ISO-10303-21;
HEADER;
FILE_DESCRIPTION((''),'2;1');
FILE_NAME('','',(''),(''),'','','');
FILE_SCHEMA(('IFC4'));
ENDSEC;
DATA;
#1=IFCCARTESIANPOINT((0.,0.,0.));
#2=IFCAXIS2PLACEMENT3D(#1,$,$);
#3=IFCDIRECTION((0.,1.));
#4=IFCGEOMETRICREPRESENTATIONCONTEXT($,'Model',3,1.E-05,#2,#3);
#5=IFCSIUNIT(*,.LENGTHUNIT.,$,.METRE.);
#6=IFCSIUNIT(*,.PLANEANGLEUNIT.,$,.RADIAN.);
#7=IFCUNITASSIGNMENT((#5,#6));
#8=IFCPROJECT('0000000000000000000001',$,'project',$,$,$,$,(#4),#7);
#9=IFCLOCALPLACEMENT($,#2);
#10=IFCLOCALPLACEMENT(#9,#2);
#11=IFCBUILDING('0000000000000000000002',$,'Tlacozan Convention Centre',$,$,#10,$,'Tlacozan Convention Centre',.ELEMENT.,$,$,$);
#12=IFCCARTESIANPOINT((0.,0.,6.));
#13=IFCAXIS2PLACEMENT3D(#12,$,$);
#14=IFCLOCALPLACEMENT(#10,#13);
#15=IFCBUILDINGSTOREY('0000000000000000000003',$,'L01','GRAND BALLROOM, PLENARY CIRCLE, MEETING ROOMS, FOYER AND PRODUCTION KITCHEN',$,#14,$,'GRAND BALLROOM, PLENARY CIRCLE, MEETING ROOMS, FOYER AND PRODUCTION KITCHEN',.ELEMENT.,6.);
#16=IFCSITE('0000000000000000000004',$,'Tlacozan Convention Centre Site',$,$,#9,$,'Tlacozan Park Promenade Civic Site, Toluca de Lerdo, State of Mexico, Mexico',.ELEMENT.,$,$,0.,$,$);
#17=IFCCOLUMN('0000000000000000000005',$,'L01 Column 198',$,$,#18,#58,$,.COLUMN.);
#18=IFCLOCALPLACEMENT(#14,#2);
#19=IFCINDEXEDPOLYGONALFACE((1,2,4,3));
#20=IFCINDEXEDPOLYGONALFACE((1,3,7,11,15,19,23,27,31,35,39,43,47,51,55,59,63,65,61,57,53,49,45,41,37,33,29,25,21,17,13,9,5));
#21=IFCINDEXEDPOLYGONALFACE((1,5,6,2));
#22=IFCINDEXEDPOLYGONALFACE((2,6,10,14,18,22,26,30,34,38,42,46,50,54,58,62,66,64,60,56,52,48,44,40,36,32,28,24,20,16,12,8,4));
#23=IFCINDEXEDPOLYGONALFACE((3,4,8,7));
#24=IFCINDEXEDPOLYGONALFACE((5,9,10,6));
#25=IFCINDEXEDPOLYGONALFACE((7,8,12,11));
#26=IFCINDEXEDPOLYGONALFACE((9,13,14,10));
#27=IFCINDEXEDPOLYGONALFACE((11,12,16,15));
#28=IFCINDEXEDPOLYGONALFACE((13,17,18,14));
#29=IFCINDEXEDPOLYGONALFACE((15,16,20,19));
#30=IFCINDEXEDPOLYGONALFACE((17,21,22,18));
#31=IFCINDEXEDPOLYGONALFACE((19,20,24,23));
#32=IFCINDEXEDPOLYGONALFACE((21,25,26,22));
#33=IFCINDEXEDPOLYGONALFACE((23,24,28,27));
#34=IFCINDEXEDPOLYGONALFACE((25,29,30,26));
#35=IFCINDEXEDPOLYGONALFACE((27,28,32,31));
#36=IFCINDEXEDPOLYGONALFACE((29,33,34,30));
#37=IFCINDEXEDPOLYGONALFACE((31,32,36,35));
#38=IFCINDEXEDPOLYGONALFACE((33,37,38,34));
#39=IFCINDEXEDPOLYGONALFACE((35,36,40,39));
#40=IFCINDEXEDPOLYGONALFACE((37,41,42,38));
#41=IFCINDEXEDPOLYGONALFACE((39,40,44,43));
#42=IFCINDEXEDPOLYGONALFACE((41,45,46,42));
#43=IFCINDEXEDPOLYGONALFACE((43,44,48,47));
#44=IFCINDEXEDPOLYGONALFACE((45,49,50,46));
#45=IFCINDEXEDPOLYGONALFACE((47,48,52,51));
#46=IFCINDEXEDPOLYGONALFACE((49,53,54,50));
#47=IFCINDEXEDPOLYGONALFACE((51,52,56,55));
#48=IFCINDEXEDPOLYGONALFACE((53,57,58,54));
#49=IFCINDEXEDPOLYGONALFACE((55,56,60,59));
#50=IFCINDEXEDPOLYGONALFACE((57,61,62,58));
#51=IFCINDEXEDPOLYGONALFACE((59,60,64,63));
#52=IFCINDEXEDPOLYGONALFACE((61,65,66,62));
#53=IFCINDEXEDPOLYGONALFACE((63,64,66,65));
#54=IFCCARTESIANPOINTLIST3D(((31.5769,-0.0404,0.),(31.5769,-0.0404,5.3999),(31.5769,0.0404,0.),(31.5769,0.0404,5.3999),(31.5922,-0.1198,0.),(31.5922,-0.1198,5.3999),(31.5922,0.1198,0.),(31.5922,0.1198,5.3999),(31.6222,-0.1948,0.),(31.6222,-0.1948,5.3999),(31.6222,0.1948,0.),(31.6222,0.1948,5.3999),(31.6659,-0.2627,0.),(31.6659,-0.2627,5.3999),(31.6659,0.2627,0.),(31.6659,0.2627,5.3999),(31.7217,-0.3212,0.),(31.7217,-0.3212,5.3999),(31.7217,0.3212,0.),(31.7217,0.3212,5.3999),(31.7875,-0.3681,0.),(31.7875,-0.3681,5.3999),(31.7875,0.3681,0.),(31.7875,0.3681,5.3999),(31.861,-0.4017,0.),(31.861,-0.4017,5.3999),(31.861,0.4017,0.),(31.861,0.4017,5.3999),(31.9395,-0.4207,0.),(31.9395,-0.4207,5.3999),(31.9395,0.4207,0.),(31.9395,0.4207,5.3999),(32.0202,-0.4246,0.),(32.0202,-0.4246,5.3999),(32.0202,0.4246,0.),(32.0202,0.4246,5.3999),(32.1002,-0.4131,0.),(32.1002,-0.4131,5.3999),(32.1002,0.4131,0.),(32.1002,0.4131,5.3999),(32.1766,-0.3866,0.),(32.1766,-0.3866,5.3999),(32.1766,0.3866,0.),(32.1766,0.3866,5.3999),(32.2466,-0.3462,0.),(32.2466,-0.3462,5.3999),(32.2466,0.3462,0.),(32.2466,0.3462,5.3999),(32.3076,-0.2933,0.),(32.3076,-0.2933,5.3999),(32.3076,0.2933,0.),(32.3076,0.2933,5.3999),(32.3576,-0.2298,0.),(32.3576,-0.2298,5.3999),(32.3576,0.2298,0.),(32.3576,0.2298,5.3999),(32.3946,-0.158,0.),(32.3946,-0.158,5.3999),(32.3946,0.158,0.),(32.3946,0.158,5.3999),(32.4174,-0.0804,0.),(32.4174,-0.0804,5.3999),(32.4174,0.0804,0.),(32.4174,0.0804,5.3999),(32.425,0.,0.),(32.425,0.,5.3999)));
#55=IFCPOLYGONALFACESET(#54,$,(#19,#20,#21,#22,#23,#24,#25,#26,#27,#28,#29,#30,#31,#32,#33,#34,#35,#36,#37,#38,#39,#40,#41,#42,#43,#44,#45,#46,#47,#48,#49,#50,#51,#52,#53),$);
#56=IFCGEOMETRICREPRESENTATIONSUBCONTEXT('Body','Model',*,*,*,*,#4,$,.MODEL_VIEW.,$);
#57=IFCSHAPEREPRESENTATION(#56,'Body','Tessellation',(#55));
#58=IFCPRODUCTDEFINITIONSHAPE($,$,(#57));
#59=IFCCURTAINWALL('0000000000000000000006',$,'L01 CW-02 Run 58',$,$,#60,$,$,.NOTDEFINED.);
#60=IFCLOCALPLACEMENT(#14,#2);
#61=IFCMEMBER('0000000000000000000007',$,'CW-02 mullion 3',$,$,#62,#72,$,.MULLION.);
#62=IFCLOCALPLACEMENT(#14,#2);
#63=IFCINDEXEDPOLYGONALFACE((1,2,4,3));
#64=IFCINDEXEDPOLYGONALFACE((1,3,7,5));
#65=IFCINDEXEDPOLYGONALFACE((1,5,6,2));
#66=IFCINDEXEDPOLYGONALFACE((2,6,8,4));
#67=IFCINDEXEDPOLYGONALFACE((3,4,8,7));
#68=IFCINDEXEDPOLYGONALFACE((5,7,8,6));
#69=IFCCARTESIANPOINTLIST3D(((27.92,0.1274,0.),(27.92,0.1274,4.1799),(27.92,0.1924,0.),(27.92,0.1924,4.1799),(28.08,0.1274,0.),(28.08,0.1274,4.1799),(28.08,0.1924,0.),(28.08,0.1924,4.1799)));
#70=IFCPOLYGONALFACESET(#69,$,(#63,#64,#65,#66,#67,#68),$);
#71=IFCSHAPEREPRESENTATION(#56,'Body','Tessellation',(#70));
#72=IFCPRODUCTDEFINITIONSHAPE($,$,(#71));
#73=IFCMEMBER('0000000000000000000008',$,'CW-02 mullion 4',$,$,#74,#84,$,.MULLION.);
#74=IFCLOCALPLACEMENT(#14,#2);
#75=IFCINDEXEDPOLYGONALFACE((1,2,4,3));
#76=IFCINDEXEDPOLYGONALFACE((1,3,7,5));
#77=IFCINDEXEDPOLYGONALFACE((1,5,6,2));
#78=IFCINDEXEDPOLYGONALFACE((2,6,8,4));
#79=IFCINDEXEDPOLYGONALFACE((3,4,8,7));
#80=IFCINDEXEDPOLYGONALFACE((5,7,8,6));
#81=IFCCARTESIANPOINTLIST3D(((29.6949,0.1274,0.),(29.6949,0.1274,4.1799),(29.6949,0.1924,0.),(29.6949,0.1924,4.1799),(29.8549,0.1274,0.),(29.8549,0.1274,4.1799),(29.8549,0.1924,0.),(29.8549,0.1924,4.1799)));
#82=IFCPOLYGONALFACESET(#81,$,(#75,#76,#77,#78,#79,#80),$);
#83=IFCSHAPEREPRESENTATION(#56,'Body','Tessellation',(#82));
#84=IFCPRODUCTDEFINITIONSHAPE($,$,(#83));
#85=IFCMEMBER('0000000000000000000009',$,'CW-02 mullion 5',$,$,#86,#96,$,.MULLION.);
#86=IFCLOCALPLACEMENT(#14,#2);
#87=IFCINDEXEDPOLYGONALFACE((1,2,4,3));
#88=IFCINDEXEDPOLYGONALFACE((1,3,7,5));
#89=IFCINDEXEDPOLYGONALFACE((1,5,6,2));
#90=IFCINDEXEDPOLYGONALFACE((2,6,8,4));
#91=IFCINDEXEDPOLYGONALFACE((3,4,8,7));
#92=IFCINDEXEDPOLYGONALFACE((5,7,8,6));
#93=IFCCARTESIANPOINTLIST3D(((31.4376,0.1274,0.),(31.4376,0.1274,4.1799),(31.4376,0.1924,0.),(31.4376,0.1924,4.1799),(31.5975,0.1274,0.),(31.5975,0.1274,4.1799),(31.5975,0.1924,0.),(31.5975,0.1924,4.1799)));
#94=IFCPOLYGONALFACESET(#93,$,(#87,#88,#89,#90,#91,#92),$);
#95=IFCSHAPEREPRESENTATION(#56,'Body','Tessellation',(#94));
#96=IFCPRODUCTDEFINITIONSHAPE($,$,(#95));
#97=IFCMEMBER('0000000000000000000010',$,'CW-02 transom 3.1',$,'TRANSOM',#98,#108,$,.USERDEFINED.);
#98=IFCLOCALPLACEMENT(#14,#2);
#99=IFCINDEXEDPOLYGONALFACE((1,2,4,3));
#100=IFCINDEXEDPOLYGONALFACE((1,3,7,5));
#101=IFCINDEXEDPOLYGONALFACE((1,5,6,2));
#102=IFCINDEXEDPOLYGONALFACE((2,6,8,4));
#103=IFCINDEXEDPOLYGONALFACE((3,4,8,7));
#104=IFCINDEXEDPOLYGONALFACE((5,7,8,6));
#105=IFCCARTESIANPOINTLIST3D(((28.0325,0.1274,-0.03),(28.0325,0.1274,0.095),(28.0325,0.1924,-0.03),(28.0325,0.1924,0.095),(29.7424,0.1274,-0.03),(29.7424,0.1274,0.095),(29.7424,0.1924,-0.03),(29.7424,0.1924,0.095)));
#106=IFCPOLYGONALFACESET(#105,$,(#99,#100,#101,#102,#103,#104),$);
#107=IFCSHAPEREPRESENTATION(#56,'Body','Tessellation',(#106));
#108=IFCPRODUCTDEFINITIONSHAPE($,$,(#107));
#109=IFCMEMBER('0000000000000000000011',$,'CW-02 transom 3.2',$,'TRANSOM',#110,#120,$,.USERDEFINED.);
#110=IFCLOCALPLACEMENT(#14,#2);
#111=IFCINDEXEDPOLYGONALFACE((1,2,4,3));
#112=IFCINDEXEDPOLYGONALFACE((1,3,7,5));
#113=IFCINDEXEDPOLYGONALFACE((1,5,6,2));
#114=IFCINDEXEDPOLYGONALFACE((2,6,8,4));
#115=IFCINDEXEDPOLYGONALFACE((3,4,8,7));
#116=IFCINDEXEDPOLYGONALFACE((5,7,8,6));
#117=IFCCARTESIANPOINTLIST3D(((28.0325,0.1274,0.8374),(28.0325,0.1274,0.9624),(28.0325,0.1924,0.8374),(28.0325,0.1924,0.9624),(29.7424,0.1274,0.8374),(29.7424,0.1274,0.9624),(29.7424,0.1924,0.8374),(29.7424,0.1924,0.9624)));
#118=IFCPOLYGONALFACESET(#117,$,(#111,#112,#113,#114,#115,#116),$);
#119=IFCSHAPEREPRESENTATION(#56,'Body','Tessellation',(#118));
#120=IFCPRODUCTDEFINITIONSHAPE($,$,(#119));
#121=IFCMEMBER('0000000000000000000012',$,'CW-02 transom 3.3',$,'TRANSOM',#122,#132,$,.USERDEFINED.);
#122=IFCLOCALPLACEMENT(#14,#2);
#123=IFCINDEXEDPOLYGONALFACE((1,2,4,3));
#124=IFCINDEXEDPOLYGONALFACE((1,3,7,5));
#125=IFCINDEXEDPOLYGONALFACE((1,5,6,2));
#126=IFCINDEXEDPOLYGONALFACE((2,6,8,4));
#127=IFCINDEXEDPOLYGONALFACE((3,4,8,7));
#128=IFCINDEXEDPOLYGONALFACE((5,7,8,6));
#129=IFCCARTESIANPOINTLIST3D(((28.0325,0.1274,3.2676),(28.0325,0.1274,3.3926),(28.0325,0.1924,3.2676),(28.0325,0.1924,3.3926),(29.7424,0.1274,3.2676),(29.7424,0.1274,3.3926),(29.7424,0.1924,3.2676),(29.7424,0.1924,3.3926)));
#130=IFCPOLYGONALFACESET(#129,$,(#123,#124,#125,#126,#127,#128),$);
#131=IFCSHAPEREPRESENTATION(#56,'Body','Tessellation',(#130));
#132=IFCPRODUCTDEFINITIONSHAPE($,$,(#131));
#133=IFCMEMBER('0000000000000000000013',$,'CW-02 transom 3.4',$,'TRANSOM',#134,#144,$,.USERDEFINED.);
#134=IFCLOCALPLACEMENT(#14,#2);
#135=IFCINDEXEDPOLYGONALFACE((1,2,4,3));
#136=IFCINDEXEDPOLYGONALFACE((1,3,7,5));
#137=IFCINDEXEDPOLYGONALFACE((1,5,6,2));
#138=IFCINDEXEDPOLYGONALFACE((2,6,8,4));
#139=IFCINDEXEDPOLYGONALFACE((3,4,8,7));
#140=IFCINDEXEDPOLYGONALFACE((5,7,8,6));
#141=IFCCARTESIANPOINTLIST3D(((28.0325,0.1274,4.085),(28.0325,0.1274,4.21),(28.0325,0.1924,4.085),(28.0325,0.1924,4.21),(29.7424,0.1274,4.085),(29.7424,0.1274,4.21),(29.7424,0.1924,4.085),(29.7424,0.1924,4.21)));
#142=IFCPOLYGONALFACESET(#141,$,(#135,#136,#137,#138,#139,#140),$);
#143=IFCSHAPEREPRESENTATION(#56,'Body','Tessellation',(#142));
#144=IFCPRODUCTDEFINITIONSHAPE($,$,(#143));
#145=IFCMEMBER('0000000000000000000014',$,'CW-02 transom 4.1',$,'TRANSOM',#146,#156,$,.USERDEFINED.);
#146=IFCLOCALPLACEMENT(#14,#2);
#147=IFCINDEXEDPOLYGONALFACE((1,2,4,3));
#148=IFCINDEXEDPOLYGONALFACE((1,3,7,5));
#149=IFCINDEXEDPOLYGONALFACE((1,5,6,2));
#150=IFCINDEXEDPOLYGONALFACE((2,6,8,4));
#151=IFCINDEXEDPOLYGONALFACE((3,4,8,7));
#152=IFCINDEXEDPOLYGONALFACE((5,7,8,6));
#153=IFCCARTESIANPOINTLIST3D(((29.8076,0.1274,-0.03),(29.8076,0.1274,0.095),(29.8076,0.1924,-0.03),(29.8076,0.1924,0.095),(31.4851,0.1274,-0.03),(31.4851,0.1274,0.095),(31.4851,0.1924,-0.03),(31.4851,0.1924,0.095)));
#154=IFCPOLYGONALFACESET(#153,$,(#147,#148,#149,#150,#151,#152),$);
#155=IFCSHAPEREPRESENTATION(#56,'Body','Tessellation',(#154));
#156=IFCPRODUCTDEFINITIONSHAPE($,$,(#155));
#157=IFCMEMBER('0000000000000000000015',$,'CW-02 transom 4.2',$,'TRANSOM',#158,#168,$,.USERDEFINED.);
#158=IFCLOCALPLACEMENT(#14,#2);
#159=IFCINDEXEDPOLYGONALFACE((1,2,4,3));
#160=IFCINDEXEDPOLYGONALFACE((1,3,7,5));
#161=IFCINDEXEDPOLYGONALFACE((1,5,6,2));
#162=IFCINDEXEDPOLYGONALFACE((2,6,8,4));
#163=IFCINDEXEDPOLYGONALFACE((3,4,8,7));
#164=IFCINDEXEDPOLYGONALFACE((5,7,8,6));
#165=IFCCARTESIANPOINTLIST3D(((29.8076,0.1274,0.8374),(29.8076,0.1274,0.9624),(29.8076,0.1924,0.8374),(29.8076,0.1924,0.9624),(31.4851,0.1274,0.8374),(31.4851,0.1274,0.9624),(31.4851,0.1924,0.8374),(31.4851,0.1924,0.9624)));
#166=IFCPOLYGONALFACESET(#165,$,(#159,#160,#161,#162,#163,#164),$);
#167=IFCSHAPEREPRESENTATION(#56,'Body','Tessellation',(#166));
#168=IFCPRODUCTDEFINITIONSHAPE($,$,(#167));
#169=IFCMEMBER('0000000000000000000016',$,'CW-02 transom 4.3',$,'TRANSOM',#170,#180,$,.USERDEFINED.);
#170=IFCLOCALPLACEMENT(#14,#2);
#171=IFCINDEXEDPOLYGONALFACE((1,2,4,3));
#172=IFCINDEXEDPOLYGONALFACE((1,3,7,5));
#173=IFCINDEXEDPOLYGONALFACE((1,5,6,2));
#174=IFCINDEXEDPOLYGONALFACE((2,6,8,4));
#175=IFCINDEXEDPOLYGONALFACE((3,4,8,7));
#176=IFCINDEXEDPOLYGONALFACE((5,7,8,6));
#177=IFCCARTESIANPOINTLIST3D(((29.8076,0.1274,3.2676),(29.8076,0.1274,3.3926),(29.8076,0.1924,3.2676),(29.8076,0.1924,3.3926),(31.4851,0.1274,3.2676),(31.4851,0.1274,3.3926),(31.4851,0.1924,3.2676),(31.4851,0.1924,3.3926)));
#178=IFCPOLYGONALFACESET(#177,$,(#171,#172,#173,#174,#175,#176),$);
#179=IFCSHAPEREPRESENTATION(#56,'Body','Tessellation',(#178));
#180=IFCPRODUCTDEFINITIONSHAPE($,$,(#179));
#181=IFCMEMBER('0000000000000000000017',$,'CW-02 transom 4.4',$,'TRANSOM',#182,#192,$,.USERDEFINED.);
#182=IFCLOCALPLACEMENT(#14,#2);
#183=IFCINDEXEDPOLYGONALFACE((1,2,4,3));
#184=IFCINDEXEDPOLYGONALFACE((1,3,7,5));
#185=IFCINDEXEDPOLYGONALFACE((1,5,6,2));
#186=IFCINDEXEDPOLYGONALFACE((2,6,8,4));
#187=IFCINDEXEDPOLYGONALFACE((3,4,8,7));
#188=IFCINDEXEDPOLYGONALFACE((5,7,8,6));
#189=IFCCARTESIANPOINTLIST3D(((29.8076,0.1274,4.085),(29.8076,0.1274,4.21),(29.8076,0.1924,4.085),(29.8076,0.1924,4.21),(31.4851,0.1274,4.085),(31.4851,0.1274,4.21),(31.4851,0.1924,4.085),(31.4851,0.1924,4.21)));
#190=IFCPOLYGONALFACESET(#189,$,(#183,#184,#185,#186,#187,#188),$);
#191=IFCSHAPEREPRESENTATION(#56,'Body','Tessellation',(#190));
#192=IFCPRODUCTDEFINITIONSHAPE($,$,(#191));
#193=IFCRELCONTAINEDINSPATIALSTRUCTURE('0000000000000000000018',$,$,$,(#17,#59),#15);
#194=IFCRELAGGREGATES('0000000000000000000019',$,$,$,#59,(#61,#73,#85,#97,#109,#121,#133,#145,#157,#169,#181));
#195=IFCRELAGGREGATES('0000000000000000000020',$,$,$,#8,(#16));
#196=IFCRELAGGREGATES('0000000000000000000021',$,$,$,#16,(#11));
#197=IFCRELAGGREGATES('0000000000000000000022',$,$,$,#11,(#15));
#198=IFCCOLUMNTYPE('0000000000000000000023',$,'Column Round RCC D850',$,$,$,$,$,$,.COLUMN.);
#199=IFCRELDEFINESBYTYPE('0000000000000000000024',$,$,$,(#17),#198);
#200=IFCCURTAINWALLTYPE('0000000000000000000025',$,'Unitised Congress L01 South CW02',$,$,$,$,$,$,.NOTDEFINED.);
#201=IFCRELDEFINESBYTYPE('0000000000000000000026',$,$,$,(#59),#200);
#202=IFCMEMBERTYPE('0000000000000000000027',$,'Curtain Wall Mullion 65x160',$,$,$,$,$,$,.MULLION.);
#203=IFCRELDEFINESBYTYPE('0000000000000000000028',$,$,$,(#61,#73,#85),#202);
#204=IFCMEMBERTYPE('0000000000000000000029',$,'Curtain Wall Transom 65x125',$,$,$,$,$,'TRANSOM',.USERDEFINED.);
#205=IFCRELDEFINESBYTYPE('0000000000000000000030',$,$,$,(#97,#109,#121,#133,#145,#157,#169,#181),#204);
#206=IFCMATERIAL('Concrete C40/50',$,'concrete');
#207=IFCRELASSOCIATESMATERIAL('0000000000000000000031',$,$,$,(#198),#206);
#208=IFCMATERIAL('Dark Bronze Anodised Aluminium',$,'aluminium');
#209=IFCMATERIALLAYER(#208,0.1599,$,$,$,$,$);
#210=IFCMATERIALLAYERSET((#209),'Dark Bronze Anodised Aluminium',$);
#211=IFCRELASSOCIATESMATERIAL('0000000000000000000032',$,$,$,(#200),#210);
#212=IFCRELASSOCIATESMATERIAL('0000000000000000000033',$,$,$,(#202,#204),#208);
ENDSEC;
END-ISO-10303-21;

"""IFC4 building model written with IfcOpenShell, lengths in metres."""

from ifc_helpers import new_model, si_unit, direction, frame, origin, origin_2d, place, context, subcontext, project, spatial, rectangle, circle, extrude, material, layer, layer_set, material_profile, profile_set, type_object, element, aggregate, save


model = new_model("IFC4")

# Units and contexts
model_context = context("Model", 3, precision=1e-05, world=origin(), true_north=direction((0.0, 1.0)))
body_context = subcontext(model_context, "Body", "Model", "MODEL_VIEW")
ifc_project = project(units=[si_unit("LENGTHUNIT", "METRE"), si_unit("PLANEANGLEUNIT", "RADIAN")], contexts=[model_context])

# Site, building, storey
site_placement = place(None, origin())
site = spatial("IfcSite", under=ifc_project, at=site_placement, Name="Tlacozan Convention Centre Site", LongName="Tlacozan Park Promenade Civic Site, Toluca de Lerdo, State of Mexico, Mexico", CompositionType="ELEMENT", RefElevation=0.0)
building_placement = place(site_placement, origin())
building = spatial("IfcBuilding", under=site, at=building_placement, Name="Tlacozan Convention Centre", LongName="Tlacozan Convention Centre", CompositionType="ELEMENT")
storey_placement = place(building_placement, frame((0.0, 0.0, 6.0)))
storey = spatial("IfcBuildingStorey", under=building, at=storey_placement, Name="L01", Description="GRAND BALLROOM, PLENARY CIRCLE, MEETING ROOMS, FOYER AND PRODUCTION KITCHEN", LongName="GRAND BALLROOM, PLENARY CIRCLE, MEETING ROOMS, FOYER AND PRODUCTION KITCHEN", CompositionType="ELEMENT", Elevation=6.0)

# Column
ifc_material_1 = material(Name="Concrete C40/50", Category="concrete")
ifc_material_profile_1 = material_profile(ifc_material_1, circle(Radius=0.425, at=origin_2d()), Name="RCC D850")
ifc_profile_set_1 = profile_set([ifc_material_profile_1], Name="Concrete C40/50")
column_type = type_object("IfcColumnType", Name="Column Round RCC D850", PredefinedType="COLUMN", material=ifc_profile_set_1)
column_placement = place(storey_placement, frame((32.0, 0.0, 0.0), z_axis=(0.0, 0.0, 1.0), x_axis=(1.0, 0.0, 0.0)))
element("IfcColumn", 1, at=column_placement, inside=storey, type_object=column_type, Name="L01 Column 198", PredefinedType="COLUMN", context=body_context, shape_type="SweptSolid", body=[
    extrude(circle(Radius=0.425, at=origin_2d()), origin(), (0.0, 0.0, 1.0), 5.3999),
])

# Curtain wall, members
ifc_material_2 = material(Name="Dark Bronze Anodised Aluminium", Category="aluminium")
ifc_layer_1 = layer(ifc_material_2, 0.1599)
ifc_layer_set_1 = layer_set([ifc_layer_1], Name="Dark Bronze Anodised Aluminium")
curtain_wall_type = type_object("IfcCurtainWallType", Name="Unitised Congress L01 South CW02", PredefinedType="NOTDEFINED", material=ifc_layer_set_1)
curtain_wall_placement = place(storey_placement, origin())
curtain_wall = element("IfcCurtainWall", 2, at=curtain_wall_placement, inside=storey, type_object=curtain_wall_type, Name="L01 CW-02 Run 58", PredefinedType="NOTDEFINED")
ifc_material_profile_2 = material_profile(ifc_material_2, rectangle(XDim=0.0649, YDim=0.1599, at=origin_2d()), Name="ALU 65x160")
ifc_profile_set_2 = profile_set([ifc_material_profile_2], Name="Dark Bronze Anodised Aluminium")
member_type_1 = type_object("IfcMemberType", Name="Curtain Wall Mullion 65x160", PredefinedType="MULLION", material=ifc_profile_set_2)
member_1_placement = place(storey_placement, frame((28.0, 0.1599, 0.0), z_axis=(0.0, 0.0, 1.0), x_axis=(0.0, 1.0, 0.0)))
member_1 = element("IfcMember", 3, at=member_1_placement, type_object=member_type_1, Name="CW-02 mullion 3", PredefinedType="MULLION", context=body_context, shape_type="SweptSolid", body=[
    extrude(rectangle(XDim=0.0649, YDim=0.1599, at=origin_2d()), origin(), (0.0, 0.0, 1.0), 4.1799),
])
member_2_placement = place(storey_placement, frame((29.7749, 0.1599, 0.0), z_axis=(0.0, 0.0, 1.0), x_axis=(0.0, 1.0, 0.0)))
member_2 = element("IfcMember", 4, at=member_2_placement, type_object=member_type_1, Name="CW-02 mullion 4", PredefinedType="MULLION", context=body_context, shape_type="SweptSolid", body=[
    extrude(rectangle(XDim=0.0649, YDim=0.1599, at=origin_2d()), origin(), (0.0, 0.0, 1.0), 4.1799),
])
member_3_placement = place(storey_placement, frame((31.5176, 0.1599, 0.0), z_axis=(0.0, 0.0, 1.0), x_axis=(0.0, 1.0, 0.0)))
member_3 = element("IfcMember", 5, at=member_3_placement, type_object=member_type_1, Name="CW-02 mullion 5", PredefinedType="MULLION", context=body_context, shape_type="SweptSolid", body=[
    extrude(rectangle(XDim=0.0649, YDim=0.1599, at=origin_2d()), origin(), (0.0, 0.0, 1.0), 4.1799),
])
ifc_material_profile_3 = material_profile(ifc_material_2, rectangle(XDim=0.0649, YDim=0.125, at=origin_2d()), Name="ALU 65x125")
ifc_profile_set_3 = profile_set([ifc_material_profile_3], Name="Dark Bronze Anodised Aluminium")
member_type_2 = type_object("IfcMemberType", Name="Curtain Wall Transom 65x125", ElementType="TRANSOM", PredefinedType="USERDEFINED", material=ifc_profile_set_3)
member_4_placement = place(storey_placement, frame((28.0325, 0.1599, 0.0325), z_axis=(1.0, 0.0, 0.0), x_axis=(0.0, 1.0, 0.0)))
member_4 = element("IfcMember", 6, at=member_4_placement, type_object=member_type_2, Name="CW-02 transom 3.1", ObjectType="TRANSOM", PredefinedType="USERDEFINED", context=body_context, shape_type="SweptSolid", body=[
    extrude(rectangle(XDim=0.0649, YDim=0.125, at=origin_2d()), origin(), (0.0, 0.0, 1.0), 1.71),
])
member_5_placement = place(storey_placement, frame((28.0325, 0.1599, 0.8999), z_axis=(1.0, 0.0, 0.0), x_axis=(0.0, 1.0, 0.0)))
member_5 = element("IfcMember", 7, at=member_5_placement, type_object=member_type_2, Name="CW-02 transom 3.2", ObjectType="TRANSOM", PredefinedType="USERDEFINED", context=body_context, shape_type="SweptSolid", body=[
    extrude(rectangle(XDim=0.0649, YDim=0.125, at=origin_2d()), origin(), (0.0, 0.0, 1.0), 1.71),
])
member_6_placement = place(storey_placement, frame((28.0325, 0.1599, 3.3301), z_axis=(1.0, 0.0, 0.0), x_axis=(0.0, 1.0, 0.0)))
member_6 = element("IfcMember", 8, at=member_6_placement, type_object=member_type_2, Name="CW-02 transom 3.3", ObjectType="TRANSOM", PredefinedType="USERDEFINED", context=body_context, shape_type="SweptSolid", body=[
    extrude(rectangle(XDim=0.0649, YDim=0.125, at=origin_2d()), origin(), (0.0, 0.0, 1.0), 1.71),
])
member_7_placement = place(storey_placement, frame((28.0325, 0.1599, 4.1475), z_axis=(1.0, 0.0, 0.0), x_axis=(0.0, 1.0, 0.0)))
member_7 = element("IfcMember", 9, at=member_7_placement, type_object=member_type_2, Name="CW-02 transom 3.4", ObjectType="TRANSOM", PredefinedType="USERDEFINED", context=body_context, shape_type="SweptSolid", body=[
    extrude(rectangle(XDim=0.0649, YDim=0.125, at=origin_2d()), origin(), (0.0, 0.0, 1.0), 1.71),
])
member_8_placement = place(storey_placement, frame((29.8076, 0.1599, 0.0325), z_axis=(1.0, 0.0, 0.0), x_axis=(0.0, 1.0, 0.0)))
member_8 = element("IfcMember", 10, at=member_8_placement, type_object=member_type_2, Name="CW-02 transom 4.1", ObjectType="TRANSOM", PredefinedType="USERDEFINED", context=body_context, shape_type="SweptSolid", body=[
    extrude(rectangle(XDim=0.0649, YDim=0.125, at=origin_2d()), origin(), (0.0, 0.0, 1.0), 1.6775),
])
member_9_placement = place(storey_placement, frame((29.8076, 0.1599, 0.8999), z_axis=(1.0, 0.0, 0.0), x_axis=(0.0, 1.0, 0.0)))
member_9 = element("IfcMember", 11, at=member_9_placement, type_object=member_type_2, Name="CW-02 transom 4.2", ObjectType="TRANSOM", PredefinedType="USERDEFINED", context=body_context, shape_type="SweptSolid", body=[
    extrude(rectangle(XDim=0.0649, YDim=0.125, at=origin_2d()), origin(), (0.0, 0.0, 1.0), 1.6775),
])
member_10_placement = place(storey_placement, frame((29.8076, 0.1599, 3.3301), z_axis=(1.0, 0.0, 0.0), x_axis=(0.0, 1.0, 0.0)))
member_10 = element("IfcMember", 12, at=member_10_placement, type_object=member_type_2, Name="CW-02 transom 4.3", ObjectType="TRANSOM", PredefinedType="USERDEFINED", context=body_context, shape_type="SweptSolid", body=[
    extrude(rectangle(XDim=0.0649, YDim=0.125, at=origin_2d()), origin(), (0.0, 0.0, 1.0), 1.6775),
])
member_11_placement = place(storey_placement, frame((29.8076, 0.1599, 4.1475), z_axis=(1.0, 0.0, 0.0), x_axis=(0.0, 1.0, 0.0)))
member_11 = element("IfcMember", 13, at=member_11_placement, type_object=member_type_2, Name="CW-02 transom 4.4", ObjectType="TRANSOM", PredefinedType="USERDEFINED", context=body_context, shape_type="SweptSolid", body=[
    extrude(rectangle(XDim=0.0649, YDim=0.125, at=origin_2d()), origin(), (0.0, 0.0, 1.0), 1.6775),
])

aggregate(curtain_wall, [member_1, member_2, member_3, member_4, member_5, member_6, member_7, member_8, member_9, member_10, member_11])

save(model, "model.ifc")
